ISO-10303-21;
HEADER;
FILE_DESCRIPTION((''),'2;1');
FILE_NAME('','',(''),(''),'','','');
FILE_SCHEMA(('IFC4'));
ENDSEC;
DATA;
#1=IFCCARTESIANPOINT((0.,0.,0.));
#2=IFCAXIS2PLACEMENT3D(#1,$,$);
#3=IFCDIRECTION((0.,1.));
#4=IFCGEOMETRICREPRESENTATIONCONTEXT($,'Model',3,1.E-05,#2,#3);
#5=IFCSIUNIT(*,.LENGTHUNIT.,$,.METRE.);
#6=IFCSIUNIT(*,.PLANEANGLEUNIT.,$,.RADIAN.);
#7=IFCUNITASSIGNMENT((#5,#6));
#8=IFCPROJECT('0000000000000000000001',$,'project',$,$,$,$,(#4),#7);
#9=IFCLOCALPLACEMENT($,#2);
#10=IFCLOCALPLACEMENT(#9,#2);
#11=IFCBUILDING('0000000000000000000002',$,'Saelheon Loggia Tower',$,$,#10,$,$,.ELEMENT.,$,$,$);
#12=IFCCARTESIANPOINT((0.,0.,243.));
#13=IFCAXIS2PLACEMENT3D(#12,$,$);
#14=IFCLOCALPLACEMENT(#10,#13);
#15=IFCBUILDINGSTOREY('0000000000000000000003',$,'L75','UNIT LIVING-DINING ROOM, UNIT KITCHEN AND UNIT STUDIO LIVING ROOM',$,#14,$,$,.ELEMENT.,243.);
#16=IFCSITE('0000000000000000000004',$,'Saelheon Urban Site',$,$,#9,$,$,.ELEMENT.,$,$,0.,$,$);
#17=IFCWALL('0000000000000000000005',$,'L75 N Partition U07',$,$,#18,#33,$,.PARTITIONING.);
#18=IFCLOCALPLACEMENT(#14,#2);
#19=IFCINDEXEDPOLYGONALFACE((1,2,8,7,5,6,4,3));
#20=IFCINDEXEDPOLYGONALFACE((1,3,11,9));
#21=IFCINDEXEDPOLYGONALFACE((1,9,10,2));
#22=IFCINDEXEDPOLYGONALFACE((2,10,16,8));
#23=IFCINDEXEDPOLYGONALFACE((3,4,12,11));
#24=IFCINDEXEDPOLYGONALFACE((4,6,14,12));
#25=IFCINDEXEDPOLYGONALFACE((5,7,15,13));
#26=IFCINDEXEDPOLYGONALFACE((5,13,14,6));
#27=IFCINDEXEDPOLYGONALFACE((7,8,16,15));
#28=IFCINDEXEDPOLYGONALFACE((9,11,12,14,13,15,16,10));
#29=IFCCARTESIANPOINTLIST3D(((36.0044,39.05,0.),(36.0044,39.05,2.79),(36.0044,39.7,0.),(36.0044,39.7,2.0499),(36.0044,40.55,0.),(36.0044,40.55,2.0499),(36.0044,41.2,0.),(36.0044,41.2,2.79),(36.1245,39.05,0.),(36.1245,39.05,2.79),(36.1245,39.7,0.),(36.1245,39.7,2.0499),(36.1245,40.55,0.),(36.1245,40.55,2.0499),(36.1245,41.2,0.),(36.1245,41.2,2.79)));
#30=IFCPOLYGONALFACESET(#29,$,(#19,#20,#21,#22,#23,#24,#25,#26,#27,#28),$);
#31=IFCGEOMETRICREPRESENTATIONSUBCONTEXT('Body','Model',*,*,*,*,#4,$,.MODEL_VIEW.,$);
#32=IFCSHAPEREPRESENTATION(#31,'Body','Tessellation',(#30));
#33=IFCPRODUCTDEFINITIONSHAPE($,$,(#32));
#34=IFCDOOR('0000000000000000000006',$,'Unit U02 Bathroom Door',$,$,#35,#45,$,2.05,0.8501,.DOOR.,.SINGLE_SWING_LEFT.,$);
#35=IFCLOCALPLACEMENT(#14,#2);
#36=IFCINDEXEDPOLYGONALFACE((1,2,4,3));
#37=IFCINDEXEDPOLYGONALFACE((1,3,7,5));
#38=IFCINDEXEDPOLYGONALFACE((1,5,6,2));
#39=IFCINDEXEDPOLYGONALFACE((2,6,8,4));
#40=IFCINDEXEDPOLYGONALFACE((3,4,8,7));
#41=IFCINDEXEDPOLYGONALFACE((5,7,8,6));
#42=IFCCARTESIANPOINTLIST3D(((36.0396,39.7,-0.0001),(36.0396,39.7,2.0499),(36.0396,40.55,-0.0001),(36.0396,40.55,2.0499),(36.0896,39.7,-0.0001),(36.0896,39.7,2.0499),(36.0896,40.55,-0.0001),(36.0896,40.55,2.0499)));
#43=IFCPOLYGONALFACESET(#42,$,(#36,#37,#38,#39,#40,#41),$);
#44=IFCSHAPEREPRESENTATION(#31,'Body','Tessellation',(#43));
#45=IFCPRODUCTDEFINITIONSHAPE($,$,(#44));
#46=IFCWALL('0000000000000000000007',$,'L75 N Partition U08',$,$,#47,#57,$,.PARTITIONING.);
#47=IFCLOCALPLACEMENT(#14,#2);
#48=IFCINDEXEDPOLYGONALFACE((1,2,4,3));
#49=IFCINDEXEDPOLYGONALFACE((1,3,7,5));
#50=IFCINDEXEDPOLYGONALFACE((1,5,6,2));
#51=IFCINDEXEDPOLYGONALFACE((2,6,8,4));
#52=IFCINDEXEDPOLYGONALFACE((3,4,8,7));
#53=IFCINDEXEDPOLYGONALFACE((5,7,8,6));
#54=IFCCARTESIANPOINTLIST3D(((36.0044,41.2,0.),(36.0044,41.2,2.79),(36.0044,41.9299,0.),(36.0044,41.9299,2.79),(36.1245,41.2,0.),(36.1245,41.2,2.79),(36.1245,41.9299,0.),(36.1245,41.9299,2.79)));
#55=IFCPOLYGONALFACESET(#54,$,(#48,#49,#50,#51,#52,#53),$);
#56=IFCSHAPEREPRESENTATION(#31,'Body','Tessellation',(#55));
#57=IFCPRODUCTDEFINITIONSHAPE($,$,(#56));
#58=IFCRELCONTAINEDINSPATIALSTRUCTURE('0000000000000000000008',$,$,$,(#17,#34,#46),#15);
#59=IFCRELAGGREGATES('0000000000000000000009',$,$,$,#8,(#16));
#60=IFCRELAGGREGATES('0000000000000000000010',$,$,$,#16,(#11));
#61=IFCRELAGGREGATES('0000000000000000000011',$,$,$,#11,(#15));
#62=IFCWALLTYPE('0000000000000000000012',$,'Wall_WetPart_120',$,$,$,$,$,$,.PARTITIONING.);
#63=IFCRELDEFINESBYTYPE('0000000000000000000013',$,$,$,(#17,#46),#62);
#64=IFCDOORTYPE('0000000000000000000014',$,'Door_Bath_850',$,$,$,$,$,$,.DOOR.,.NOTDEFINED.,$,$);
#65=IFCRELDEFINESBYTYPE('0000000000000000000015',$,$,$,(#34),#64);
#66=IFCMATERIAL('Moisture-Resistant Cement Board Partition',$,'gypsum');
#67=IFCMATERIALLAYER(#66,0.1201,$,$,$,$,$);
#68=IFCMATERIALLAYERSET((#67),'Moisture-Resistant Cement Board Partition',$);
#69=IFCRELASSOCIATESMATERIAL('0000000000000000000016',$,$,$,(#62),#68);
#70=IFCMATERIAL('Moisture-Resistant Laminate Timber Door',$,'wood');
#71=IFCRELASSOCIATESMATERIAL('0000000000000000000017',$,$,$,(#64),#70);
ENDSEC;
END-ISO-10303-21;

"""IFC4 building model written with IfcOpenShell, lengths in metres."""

from ifc_helpers import new_model, si_unit, direction, frame, frame_2d, origin, place, context, subcontext, project, spatial, rectangle, extrude, source, transform, mapped, material, layer, layer_set, type_object, element, fill, save


model = new_model("IFC4")

# Units and contexts
model_context = context("Model", 3, precision=1e-05, world=origin(), true_north=direction((0.0, 1.0)))
body_context = subcontext(model_context, "Body", "Model", "MODEL_VIEW")
ifc_project = project(units=[si_unit("LENGTHUNIT", "METRE"), si_unit("PLANEANGLEUNIT", "RADIAN")], contexts=[model_context])

# Site, building, storey
site_placement = place(None, origin())
site = spatial("IfcSite", under=ifc_project, at=site_placement, Name="Saelheon Urban Site", CompositionType="ELEMENT", RefElevation=0.0)
building_placement = place(site_placement, origin())
building = spatial("IfcBuilding", under=site, at=building_placement, Name="Saelheon Loggia Tower", CompositionType="ELEMENT")
storey_placement = place(building_placement, frame((0.0, 0.0, 243.0)))
storey = spatial("IfcBuildingStorey", under=building, at=storey_placement, Name="L75", Description="UNIT LIVING-DINING ROOM, UNIT KITCHEN AND UNIT STUDIO LIVING ROOM", CompositionType="ELEMENT", Elevation=243.0)

# Wall, opening, door
ifc_material_1 = material(Name="Moisture-Resistant Cement Board Partition", Category="gypsum")
ifc_layer_1 = layer(ifc_material_1, 0.1201)
ifc_layer_set_1 = layer_set([ifc_layer_1], Name="Moisture-Resistant Cement Board Partition")
wall_type_1 = type_object("IfcWallType", Name="Wall_WetPart_120", PredefinedType="PARTITIONING", material=ifc_layer_set_1)
wall_1_placement = place(storey_placement, frame((36.0645, 39.05, 0.0), z_axis=(0.0, 0.0, 1.0), x_axis=(0.0, 1.0, 0.0)))
wall_1 = element("IfcWall", 1, at=wall_1_placement, inside=storey, type_object=wall_type_1, Name="L75 N Partition U07", PredefinedType="PARTITIONING", context=body_context, shape_type="SweptSolid", body=[
    extrude(rectangle(XDim=2.1499, YDim=0.1201, at=frame_2d((1.075, 0.0))), origin(), (0.0, 0.0, 1.0), 2.79),
])
opening_1_placement = place(wall_1_placement, frame((0.6499, 0.0, 0.0)))
opening_1 = element("IfcOpeningElement", 2, at=opening_1_placement, cuts=wall_1, PredefinedType="OPENING", context=body_context, shape_type="SweptSolid", body=[
    extrude(rectangle(XDim=0.8501, YDim=2.05, at=frame_2d((0.425, 1.0249))), frame((0.0, 0.072, 0.0), z_axis=(0.0, -1.0, 0.0), x_axis=(1.0, 0.0, 0.0)), (0.0, 0.0, 1.0), 0.144),
])
ifc_material_2 = material(Name="Moisture-Resistant Laminate Timber Door", Category="wood")
door_type_1 = type_object("IfcDoorType", Name="Door_Bath_850", OperationType="NOTDEFINED", PredefinedType="DOOR", material=ifc_material_2)
shared_shape_1 = source(origin(), body_context, "Body", "SweptSolid", [
    extrude(rectangle(XDim=0.8501, YDim=2.05, at=frame_2d((0.425, 1.0249))), frame((0.0, 0.0249, 0.0), z_axis=(0.0, -1.0, 0.0), x_axis=(1.0, 0.0, 0.0)), (0.0, 0.0, 1.0), 0.05),
])
door_1_placement = place(opening_1_placement, origin())
door_1 = element("IfcDoor", 3, at=door_1_placement, inside=storey, type_object=door_type_1, Name="Unit U02 Bathroom Door", OperationType="SINGLE_SWING_LEFT", OverallHeight=2.05, OverallWidth=0.8501, PredefinedType="DOOR", context=body_context, shape_type="MappedRepresentation", body=[
    mapped(shared_shape_1, transform((0.0, 0.0, 0.0), scale=1.0)),
])
fill(opening_1, door_1)

# Wall
wall_2_placement = place(storey_placement, frame((36.0645, 41.2, 0.0), z_axis=(0.0, 0.0, 1.0), x_axis=(0.0, 1.0, 0.0)))
element("IfcWall", 4, at=wall_2_placement, inside=storey, type_object=wall_type_1, Name="L75 N Partition U08", PredefinedType="PARTITIONING", context=body_context, shape_type="SweptSolid", body=[
    extrude(rectangle(XDim=0.73, YDim=0.1201, at=frame_2d((0.365, 0.0))), origin(), (0.0, 0.0, 1.0), 2.79),
])

save(model, "model.ifc")
